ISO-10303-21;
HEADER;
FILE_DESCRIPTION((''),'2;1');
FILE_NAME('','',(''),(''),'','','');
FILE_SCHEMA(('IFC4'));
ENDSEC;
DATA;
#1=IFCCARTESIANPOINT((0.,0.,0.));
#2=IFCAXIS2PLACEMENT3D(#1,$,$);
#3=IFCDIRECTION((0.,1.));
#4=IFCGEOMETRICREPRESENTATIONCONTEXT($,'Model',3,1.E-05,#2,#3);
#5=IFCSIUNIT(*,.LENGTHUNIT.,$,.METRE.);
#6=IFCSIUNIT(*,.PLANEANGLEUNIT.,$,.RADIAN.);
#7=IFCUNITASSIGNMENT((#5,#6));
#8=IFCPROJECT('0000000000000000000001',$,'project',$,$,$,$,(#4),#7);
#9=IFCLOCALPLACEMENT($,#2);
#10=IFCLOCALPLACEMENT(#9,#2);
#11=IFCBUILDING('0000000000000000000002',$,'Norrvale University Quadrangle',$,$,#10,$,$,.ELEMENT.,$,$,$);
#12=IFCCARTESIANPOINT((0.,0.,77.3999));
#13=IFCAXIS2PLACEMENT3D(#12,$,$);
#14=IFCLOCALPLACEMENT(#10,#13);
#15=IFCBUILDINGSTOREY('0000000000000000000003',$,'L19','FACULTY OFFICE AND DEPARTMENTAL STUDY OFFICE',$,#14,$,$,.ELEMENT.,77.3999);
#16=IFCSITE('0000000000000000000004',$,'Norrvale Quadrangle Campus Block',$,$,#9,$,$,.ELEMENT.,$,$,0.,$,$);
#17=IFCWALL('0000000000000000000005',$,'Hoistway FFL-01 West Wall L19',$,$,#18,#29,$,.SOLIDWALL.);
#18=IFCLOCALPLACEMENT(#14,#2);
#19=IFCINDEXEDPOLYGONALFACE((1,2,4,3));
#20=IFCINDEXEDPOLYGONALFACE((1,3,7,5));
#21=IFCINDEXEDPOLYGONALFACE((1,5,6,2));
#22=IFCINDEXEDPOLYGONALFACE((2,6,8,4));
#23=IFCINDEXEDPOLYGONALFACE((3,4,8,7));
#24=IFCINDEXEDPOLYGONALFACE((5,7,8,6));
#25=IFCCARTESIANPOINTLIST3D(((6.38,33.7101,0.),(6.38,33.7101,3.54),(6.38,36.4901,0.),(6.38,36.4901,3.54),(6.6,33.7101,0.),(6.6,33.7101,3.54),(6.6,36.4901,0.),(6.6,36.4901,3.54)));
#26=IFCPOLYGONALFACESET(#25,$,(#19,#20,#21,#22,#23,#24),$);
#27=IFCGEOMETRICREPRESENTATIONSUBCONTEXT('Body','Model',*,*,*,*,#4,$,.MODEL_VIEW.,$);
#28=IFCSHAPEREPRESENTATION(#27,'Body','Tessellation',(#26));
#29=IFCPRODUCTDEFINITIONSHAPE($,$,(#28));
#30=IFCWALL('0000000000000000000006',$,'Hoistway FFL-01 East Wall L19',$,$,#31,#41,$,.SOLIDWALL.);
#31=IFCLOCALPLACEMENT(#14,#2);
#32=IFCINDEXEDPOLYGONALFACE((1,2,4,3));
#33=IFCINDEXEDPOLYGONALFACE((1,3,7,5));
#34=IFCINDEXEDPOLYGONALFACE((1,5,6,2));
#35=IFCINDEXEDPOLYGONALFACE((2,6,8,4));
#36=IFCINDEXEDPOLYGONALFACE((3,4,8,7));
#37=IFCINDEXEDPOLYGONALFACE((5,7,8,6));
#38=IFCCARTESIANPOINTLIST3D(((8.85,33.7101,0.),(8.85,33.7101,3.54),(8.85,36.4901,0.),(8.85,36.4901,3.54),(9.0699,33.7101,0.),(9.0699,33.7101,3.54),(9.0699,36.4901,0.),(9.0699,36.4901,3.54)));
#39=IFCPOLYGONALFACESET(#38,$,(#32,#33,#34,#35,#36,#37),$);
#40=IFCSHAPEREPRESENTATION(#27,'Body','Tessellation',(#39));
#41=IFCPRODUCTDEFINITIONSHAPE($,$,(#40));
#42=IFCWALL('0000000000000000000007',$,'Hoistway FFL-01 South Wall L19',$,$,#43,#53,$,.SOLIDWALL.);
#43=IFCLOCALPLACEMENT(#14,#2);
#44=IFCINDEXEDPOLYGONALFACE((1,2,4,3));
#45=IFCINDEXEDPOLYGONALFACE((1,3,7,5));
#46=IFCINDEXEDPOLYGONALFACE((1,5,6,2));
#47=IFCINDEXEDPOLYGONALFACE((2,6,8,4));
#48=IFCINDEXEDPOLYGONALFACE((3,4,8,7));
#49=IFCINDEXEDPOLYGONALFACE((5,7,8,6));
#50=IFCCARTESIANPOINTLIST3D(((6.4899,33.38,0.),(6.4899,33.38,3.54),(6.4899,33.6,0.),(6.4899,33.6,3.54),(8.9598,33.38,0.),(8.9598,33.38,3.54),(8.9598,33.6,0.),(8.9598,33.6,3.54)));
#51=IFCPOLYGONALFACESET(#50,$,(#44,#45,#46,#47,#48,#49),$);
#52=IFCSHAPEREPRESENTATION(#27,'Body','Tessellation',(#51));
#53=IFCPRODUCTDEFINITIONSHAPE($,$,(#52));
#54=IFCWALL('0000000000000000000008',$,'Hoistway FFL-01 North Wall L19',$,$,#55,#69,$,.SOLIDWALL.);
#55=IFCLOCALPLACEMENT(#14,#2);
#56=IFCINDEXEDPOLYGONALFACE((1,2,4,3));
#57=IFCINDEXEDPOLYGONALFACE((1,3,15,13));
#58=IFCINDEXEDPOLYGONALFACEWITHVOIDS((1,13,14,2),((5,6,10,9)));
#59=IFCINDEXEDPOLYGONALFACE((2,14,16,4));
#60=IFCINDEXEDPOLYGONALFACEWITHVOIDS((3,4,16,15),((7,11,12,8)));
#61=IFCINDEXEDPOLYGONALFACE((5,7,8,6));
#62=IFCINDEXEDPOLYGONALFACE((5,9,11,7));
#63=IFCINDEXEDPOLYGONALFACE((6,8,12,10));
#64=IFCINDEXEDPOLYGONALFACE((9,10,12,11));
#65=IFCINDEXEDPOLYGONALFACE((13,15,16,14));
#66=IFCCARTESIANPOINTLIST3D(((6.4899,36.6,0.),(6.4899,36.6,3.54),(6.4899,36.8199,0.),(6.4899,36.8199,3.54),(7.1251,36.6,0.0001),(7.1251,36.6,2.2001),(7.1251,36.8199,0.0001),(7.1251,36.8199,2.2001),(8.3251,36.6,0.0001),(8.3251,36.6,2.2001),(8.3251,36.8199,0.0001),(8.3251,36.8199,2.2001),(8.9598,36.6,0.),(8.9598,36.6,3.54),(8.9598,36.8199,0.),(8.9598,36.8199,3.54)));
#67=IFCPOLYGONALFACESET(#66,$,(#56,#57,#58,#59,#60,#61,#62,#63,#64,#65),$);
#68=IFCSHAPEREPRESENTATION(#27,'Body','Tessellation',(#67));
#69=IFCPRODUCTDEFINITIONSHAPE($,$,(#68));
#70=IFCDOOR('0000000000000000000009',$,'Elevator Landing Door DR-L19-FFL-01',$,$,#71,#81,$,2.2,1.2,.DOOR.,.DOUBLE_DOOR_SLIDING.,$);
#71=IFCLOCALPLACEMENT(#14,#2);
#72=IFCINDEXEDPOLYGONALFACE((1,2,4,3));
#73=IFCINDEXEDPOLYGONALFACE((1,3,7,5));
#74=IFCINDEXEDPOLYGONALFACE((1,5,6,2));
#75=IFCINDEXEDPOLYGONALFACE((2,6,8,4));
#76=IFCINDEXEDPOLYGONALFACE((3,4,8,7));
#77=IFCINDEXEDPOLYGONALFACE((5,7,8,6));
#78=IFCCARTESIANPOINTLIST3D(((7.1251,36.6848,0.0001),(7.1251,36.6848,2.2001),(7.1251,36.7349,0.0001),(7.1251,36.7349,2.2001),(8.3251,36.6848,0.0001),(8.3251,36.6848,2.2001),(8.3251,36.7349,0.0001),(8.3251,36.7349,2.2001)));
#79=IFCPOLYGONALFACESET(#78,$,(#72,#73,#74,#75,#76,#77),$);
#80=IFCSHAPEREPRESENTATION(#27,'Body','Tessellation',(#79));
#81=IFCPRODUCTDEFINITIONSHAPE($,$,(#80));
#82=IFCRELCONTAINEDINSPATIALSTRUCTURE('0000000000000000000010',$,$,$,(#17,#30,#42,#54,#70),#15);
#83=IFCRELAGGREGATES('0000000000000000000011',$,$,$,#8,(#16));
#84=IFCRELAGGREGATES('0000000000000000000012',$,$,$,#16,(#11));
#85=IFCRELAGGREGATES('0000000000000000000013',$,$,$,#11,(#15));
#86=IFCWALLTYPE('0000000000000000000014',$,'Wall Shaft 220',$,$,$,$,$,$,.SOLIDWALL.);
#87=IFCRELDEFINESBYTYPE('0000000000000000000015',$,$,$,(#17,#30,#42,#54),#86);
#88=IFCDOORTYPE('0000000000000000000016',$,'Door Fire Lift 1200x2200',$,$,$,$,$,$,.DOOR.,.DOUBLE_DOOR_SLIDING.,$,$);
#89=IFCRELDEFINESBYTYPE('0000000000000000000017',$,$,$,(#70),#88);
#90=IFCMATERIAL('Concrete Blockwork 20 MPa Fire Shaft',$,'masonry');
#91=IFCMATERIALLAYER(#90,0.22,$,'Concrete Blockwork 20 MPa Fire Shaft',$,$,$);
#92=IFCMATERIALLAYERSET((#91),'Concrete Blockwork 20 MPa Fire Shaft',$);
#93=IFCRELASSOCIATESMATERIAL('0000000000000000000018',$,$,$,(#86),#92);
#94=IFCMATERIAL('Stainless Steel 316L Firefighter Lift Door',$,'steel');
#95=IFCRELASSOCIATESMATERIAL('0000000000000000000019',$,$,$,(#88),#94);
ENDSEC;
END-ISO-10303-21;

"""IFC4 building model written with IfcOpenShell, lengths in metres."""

from ifc_helpers import new_model, si_unit, direction, frame, frame_2d, origin, place, context, subcontext, project, spatial, rectangle, extrude, material, layer, layer_set, type_object, element, fill, save


model = new_model("IFC4")

# Units and contexts
model_context = context("Model", 3, precision=1e-05, world=origin(), true_north=direction((0.0, 1.0)))
body_context = subcontext(model_context, "Body", "Model", "MODEL_VIEW")
ifc_project = project(units=[si_unit("LENGTHUNIT", "METRE"), si_unit("PLANEANGLEUNIT", "RADIAN")], contexts=[model_context])

# Site, building, storey
site_placement = place(None, origin())
site = spatial("IfcSite", under=ifc_project, at=site_placement, Name="Norrvale Quadrangle Campus Block", CompositionType="ELEMENT", RefElevation=0.0)
building_placement = place(site_placement, origin())
building = spatial("IfcBuilding", under=site, at=building_placement, Name="Norrvale University Quadrangle", CompositionType="ELEMENT")
storey_placement = place(building_placement, frame((0.0, 0.0, 77.3999)))
storey = spatial("IfcBuildingStorey", under=building, at=storey_placement, Name="L19", Description="FACULTY OFFICE AND DEPARTMENTAL STUDY OFFICE", CompositionType="ELEMENT", Elevation=77.3999)

# Shared definitions
ifc_material_1 = material(Name="Concrete Blockwork 20 MPa Fire Shaft", Category="masonry")
ifc_layer_1 = layer(ifc_material_1, 0.22, Name="Concrete Blockwork 20 MPa Fire Shaft")
ifc_layer_set_1 = layer_set([ifc_layer_1], Name="Concrete Blockwork 20 MPa Fire Shaft")
wall_type_1 = type_object("IfcWallType", Name="Wall Shaft 220", PredefinedType="SOLIDWALL", material=ifc_layer_set_1)

# Walls
for number, where, z_axis, x_axis, name in (
    (1, (6.49, 33.71, 0.0), (0.0, 0.0, 1.0), (0.0, 1.0, 0.0), "Hoistway FFL-01 West Wall L19"),
    (2, (8.96, 33.71, 0.0), (0.0, 0.0, 1.0), (0.0, 1.0, 0.0), "Hoistway FFL-01 East Wall L19"),
):
    element("IfcWall", number, at=place(storey_placement, frame(where, z_axis=z_axis, x_axis=x_axis)), inside=storey, type_object=wall_type_1, Name=name, PredefinedType="SOLIDWALL", context=body_context, shape_type="SweptSolid", body=[
        extrude(rectangle(XDim=2.78, YDim=0.22, at=frame_2d((1.3901, 0.0))), origin(), (0.0, 0.0, 1.0), 3.54),
    ])
wall_1_placement = place(storey_placement, frame((6.49, 33.49, 0.0), z_axis=(0.0, 0.0, 1.0), x_axis=(1.0, 0.0, 0.0)))
element("IfcWall", 3, at=wall_1_placement, inside=storey, type_object=wall_type_1, Name="Hoistway FFL-01 South Wall L19", PredefinedType="SOLIDWALL", context=body_context, shape_type="SweptSolid", body=[
    extrude(rectangle(XDim=2.47, YDim=0.22, at=frame_2d((1.2349, 0.0))), origin(), (0.0, 0.0, 1.0), 3.54),
])

# Wall, opening, door
wall_2_placement = place(storey_placement, frame((6.49, 36.71, 0.0), z_axis=(0.0, 0.0, 1.0), x_axis=(1.0, 0.0, 0.0)))
wall_2 = element("IfcWall", 4, at=wall_2_placement, inside=storey, type_object=wall_type_1, Name="Hoistway FFL-01 North Wall L19", PredefinedType="SOLIDWALL", context=body_context, shape_type="SweptSolid", body=[
    extrude(rectangle(XDim=2.47, YDim=0.22, at=frame_2d((1.2349, 0.0))), origin(), (0.0, 0.0, 1.0), 3.54),
])
opening_1_placement = place(wall_2_placement, frame((0.635, 0.0, 0.0)))
opening_1 = element("IfcOpeningElement", 5, at=opening_1_placement, cuts=wall_2, PredefinedType="OPENING", context=body_context, shape_type="SweptSolid", body=[
    extrude(rectangle(XDim=1.2, YDim=2.2, at=frame_2d((0.6001, 1.1001))), frame((0.0, 0.1221, 0.0), z_axis=(0.0, -1.0, 0.0), x_axis=(1.0, 0.0, 0.0)), (0.0, 0.0, 1.0), 0.2439),
])
ifc_material_2 = material(Name="Stainless Steel 316L Firefighter Lift Door", Category="steel")
door_type_1 = type_object("IfcDoorType", Name="Door Fire Lift 1200x2200", OperationType="DOUBLE_DOOR_SLIDING", PredefinedType="DOOR", material=ifc_material_2)
door_1_placement = place(opening_1_placement, origin())
door_1 = element("IfcDoor", 6, at=door_1_placement, inside=storey, type_object=door_type_1, Name="Elevator Landing Door DR-L19-FFL-01", OperationType="DOUBLE_DOOR_SLIDING", OverallHeight=2.2, OverallWidth=1.2, PredefinedType="DOOR", context=body_context, shape_type="SweptSolid", body=[
    extrude(rectangle(XDim=1.2, YDim=2.2, at=frame_2d((0.6001, 1.1001))), frame((0.0, 0.0249, 0.0), z_axis=(0.0, -1.0, 0.0), x_axis=(1.0, 0.0, 0.0)), (0.0, 0.0, 1.0), 0.05),
])
fill(opening_1, door_1)

save(model, "model.ifc")
